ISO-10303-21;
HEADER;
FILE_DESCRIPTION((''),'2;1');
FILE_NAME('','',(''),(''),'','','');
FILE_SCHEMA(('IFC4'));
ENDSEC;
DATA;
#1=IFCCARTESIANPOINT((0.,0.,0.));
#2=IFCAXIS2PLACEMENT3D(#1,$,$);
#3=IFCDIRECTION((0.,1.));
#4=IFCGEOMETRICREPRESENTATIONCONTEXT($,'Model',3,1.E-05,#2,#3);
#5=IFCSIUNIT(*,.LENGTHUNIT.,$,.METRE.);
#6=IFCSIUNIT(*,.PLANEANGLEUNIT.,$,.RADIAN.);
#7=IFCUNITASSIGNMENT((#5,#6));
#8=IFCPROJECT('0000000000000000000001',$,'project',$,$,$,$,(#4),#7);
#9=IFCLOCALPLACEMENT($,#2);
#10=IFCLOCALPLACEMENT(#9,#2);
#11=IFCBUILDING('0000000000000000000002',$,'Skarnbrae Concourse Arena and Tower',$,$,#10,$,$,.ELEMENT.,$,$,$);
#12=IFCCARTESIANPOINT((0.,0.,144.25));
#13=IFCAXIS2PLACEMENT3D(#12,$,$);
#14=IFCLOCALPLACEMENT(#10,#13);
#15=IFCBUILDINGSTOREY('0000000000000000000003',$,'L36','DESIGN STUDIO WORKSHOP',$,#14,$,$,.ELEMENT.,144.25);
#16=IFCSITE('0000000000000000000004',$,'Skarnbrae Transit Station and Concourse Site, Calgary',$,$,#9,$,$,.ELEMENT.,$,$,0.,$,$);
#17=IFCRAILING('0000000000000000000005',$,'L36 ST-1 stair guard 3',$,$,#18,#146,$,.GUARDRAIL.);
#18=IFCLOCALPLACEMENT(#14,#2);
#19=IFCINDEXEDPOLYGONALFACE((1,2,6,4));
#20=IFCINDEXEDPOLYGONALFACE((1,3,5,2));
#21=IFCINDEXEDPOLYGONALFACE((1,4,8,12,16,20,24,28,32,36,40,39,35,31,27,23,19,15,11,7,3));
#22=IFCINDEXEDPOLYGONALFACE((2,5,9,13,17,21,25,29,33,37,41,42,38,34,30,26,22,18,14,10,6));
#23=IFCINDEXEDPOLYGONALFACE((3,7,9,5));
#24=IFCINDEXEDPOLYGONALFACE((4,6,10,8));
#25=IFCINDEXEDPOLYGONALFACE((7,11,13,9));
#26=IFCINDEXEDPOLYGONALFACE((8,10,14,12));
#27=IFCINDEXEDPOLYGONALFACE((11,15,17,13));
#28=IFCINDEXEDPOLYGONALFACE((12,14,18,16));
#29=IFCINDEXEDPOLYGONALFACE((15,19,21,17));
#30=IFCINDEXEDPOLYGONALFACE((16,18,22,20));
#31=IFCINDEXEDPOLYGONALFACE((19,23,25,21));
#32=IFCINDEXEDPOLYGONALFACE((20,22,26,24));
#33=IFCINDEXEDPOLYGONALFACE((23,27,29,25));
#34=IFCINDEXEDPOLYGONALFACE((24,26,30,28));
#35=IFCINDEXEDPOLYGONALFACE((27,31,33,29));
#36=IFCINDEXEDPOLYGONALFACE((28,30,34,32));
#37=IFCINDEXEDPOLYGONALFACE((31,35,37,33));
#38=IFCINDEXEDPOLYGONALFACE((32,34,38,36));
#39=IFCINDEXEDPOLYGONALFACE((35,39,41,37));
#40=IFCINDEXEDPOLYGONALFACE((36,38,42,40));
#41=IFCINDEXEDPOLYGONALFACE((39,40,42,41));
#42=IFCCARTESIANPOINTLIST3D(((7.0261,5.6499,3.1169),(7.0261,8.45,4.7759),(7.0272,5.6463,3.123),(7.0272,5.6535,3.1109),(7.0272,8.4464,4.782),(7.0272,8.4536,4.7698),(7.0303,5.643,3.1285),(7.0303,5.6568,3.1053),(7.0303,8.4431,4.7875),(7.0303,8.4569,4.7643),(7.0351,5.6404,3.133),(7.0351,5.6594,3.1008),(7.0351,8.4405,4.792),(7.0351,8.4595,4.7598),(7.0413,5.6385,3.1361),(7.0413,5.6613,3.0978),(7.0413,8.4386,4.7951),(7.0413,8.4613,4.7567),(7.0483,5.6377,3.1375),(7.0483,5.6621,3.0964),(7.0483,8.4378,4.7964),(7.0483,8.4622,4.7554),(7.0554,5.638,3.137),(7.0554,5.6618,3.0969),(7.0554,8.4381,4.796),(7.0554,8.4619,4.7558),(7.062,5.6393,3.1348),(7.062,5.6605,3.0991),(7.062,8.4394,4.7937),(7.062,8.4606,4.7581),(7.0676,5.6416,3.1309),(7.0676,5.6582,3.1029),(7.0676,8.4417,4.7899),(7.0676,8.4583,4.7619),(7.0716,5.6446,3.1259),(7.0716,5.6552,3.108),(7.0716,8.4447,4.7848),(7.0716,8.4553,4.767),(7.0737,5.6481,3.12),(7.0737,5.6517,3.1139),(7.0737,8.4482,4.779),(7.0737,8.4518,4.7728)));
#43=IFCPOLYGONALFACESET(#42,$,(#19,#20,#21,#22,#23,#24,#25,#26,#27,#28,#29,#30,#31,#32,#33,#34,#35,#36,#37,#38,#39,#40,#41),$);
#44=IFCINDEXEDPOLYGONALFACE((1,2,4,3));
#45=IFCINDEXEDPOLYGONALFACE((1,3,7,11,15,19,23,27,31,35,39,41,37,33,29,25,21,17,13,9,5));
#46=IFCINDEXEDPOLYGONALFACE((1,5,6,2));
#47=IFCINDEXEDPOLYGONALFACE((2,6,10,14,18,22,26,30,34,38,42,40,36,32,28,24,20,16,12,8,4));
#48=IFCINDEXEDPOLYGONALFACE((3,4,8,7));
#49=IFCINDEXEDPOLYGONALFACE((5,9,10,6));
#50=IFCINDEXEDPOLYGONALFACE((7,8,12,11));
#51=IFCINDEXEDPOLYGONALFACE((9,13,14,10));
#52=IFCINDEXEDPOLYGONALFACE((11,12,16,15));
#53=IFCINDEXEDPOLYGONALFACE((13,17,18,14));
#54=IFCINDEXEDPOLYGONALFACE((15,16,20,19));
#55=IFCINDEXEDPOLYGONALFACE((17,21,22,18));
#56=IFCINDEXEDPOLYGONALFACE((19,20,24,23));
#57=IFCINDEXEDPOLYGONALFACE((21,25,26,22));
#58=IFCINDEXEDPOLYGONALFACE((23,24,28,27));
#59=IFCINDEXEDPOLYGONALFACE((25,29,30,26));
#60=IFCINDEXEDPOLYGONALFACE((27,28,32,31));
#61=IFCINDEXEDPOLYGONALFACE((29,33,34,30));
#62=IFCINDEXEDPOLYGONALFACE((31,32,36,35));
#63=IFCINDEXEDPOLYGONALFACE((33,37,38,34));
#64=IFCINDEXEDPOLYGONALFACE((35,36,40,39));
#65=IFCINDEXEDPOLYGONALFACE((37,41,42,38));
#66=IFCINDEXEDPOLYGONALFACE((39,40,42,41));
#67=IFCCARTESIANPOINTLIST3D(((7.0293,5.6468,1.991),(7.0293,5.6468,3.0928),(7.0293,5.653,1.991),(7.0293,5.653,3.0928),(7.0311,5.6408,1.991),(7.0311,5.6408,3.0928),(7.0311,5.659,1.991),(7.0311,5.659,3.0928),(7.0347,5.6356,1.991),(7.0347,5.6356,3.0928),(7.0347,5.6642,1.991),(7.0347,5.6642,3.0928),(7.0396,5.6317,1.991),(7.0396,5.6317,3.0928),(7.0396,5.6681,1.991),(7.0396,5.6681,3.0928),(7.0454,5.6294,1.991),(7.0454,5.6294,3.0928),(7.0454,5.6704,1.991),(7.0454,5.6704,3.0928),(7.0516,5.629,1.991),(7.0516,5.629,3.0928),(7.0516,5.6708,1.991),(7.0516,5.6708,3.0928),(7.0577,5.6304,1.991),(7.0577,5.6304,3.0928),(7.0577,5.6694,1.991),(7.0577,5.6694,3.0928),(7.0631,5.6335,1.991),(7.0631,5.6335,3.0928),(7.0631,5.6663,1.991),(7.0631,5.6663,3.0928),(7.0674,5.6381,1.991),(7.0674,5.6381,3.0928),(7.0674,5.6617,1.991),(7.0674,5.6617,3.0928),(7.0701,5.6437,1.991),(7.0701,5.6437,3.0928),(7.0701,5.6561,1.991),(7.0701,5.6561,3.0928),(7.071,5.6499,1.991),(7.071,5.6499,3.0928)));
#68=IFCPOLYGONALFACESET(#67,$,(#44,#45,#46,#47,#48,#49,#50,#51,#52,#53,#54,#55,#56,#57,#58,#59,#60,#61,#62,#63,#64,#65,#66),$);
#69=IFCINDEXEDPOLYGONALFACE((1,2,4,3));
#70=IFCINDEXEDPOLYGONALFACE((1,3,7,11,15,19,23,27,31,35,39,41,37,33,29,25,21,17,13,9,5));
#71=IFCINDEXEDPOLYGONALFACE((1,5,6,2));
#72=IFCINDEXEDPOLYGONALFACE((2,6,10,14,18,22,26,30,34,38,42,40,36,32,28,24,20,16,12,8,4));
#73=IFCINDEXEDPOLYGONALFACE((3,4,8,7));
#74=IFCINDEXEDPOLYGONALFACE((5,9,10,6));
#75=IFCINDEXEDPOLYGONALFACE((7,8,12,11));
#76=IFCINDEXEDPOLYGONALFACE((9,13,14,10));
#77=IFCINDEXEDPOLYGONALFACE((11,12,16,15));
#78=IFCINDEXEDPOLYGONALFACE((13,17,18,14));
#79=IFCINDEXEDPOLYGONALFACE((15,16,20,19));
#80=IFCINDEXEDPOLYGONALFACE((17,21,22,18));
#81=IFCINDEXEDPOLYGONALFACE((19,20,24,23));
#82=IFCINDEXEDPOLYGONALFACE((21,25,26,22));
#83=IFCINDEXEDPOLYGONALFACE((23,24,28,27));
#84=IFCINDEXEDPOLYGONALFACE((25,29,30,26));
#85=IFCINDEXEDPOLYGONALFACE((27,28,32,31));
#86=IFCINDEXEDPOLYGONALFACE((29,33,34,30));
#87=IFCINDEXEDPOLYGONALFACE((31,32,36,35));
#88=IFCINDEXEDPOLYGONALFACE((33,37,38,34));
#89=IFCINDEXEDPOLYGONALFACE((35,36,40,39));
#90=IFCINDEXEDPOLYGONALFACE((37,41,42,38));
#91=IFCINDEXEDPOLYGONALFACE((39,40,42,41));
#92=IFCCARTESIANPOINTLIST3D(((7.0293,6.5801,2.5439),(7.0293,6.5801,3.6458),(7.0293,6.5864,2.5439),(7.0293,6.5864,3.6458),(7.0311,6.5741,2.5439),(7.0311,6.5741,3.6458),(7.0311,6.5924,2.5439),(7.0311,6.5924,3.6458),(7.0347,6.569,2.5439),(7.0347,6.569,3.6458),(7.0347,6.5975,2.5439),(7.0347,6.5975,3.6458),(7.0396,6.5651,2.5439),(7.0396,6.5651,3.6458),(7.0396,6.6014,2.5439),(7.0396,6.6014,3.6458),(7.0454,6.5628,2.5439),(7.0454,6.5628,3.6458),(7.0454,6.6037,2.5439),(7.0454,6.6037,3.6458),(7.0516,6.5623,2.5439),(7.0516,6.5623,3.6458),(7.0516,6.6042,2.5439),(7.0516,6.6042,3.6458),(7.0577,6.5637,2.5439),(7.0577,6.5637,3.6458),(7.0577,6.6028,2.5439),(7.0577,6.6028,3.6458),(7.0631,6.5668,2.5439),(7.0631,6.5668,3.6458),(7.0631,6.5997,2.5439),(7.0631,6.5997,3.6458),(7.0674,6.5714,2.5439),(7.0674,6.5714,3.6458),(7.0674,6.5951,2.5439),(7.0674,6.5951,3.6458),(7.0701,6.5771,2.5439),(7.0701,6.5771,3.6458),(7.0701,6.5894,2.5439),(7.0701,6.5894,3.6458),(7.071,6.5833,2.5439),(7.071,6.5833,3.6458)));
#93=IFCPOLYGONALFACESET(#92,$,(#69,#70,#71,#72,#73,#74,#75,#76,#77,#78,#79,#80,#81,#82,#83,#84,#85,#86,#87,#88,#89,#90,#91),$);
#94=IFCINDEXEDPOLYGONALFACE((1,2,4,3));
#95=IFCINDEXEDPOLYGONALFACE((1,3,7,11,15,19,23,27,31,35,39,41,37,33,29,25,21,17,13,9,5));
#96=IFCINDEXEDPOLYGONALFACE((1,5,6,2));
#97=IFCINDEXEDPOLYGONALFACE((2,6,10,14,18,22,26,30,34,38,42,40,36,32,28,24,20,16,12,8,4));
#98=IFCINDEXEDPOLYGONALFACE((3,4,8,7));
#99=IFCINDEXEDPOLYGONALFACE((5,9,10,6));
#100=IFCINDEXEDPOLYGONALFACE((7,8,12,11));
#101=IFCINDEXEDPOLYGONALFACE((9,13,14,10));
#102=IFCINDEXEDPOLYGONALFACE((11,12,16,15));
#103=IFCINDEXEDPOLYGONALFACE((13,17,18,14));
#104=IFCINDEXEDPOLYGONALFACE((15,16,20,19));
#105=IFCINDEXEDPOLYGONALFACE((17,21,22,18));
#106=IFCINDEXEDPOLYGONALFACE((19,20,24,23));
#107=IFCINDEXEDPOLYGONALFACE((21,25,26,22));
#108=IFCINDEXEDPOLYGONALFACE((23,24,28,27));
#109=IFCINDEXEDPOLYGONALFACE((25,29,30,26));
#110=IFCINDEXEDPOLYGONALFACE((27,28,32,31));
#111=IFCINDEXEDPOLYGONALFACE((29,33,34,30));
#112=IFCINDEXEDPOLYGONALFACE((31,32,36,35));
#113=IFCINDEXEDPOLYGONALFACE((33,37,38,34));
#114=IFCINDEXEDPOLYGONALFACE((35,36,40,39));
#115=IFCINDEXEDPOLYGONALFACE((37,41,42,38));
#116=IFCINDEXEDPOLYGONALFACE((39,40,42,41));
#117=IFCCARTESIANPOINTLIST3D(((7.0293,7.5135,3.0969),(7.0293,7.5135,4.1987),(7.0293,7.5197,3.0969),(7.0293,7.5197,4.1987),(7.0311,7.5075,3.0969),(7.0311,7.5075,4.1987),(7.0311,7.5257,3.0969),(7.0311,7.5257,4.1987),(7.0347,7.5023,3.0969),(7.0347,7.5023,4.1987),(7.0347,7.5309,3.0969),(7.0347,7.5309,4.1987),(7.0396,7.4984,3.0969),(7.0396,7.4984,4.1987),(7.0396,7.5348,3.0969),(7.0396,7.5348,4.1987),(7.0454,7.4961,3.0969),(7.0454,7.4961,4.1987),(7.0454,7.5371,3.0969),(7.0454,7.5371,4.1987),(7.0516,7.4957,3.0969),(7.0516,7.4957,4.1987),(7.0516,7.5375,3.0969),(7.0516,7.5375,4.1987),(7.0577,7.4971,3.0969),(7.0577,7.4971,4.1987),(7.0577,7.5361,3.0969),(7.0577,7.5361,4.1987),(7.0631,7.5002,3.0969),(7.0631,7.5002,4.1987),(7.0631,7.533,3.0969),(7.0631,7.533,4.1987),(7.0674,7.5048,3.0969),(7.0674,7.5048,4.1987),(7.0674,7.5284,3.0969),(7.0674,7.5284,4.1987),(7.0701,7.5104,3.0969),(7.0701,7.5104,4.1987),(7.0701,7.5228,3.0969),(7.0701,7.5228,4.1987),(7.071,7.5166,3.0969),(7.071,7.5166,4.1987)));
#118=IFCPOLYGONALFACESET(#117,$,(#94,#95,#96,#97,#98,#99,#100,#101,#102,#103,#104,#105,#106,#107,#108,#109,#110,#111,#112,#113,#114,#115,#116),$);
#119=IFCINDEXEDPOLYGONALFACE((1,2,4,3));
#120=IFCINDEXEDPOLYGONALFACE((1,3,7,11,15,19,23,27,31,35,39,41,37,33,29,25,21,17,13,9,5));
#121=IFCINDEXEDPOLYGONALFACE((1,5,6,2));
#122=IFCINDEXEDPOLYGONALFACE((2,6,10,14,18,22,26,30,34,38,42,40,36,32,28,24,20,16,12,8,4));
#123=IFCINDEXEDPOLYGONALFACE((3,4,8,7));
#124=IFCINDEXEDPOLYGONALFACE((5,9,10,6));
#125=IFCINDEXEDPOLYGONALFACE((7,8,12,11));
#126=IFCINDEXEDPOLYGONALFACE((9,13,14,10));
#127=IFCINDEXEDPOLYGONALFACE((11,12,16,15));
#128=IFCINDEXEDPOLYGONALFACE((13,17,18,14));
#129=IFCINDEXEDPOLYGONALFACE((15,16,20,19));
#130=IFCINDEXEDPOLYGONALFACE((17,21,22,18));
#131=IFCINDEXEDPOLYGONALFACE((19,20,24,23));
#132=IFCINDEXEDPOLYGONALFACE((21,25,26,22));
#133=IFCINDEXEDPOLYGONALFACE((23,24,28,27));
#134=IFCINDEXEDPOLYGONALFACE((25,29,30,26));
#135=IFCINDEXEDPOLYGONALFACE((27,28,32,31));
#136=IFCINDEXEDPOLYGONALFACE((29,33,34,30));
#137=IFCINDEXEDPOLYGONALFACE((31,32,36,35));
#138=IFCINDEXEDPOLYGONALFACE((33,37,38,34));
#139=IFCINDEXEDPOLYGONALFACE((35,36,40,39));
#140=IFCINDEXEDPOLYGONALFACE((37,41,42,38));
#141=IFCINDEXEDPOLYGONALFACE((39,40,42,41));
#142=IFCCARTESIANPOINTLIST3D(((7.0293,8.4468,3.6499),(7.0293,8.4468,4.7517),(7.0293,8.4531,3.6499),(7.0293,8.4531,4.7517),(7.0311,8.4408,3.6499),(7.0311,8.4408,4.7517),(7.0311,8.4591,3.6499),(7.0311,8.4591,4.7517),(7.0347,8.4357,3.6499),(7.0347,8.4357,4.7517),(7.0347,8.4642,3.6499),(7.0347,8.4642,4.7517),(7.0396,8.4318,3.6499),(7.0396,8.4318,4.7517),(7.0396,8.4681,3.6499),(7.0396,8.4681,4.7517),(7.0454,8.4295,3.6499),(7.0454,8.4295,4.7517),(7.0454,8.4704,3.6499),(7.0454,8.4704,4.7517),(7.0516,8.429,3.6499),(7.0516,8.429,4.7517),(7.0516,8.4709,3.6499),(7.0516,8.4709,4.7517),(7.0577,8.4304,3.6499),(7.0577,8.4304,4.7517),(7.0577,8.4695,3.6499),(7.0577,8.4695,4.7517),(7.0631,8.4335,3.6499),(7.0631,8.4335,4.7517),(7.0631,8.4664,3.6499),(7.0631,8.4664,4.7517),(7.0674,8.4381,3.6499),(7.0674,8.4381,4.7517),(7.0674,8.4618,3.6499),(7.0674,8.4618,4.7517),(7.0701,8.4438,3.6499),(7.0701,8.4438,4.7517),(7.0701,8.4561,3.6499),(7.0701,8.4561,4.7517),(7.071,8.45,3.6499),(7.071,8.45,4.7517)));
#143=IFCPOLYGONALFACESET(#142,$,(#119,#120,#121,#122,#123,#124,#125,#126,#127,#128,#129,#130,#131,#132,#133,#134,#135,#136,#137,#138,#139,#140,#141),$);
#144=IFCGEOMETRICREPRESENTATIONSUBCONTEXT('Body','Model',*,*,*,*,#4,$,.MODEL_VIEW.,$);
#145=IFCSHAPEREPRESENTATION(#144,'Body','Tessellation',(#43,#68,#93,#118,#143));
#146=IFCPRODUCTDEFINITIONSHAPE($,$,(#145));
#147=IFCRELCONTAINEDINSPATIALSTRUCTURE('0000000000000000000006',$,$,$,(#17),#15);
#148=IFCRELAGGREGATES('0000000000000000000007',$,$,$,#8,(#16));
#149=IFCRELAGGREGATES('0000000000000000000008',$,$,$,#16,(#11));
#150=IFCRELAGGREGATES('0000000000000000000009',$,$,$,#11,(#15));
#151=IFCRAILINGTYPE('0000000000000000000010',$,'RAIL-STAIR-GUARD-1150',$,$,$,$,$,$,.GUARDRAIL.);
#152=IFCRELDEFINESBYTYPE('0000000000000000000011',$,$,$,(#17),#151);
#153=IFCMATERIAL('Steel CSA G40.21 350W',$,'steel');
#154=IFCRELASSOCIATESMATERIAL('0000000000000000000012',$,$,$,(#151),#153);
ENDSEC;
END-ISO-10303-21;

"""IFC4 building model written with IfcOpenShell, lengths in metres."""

from ifc_helpers import new_model, si_unit, direction, frame, origin, origin_2d, place, context, subcontext, project, spatial, circle, extrude, material, type_object, element, save


model = new_model("IFC4")

# Units and contexts
model_context = context("Model", 3, precision=1e-05, world=origin(), true_north=direction((0.0, 1.0)))
body_context = subcontext(model_context, "Body", "Model", "MODEL_VIEW")
ifc_project = project(units=[si_unit("LENGTHUNIT", "METRE"), si_unit("PLANEANGLEUNIT", "RADIAN")], contexts=[model_context])

# Site, building, storey
site_placement = place(None, origin())
site = spatial("IfcSite", under=ifc_project, at=site_placement, Name="Skarnbrae Transit Station and Concourse Site, Calgary", CompositionType="ELEMENT", RefElevation=0.0)
building_placement = place(site_placement, origin())
building = spatial("IfcBuilding", under=site, at=building_placement, Name="Skarnbrae Concourse Arena and Tower", CompositionType="ELEMENT")
storey_placement = place(building_placement, frame((0.0, 0.0, 144.25)))
storey = spatial("IfcBuildingStorey", under=building, at=storey_placement, Name="L36", Description="DESIGN STUDIO WORKSHOP", CompositionType="ELEMENT", Elevation=144.25)

# Shared definitions
ifc_material_1 = material(Name="Steel CSA G40.21 350W", Category="steel")

# Railing
railing_type_1 = type_object("IfcRailingType", Name="RAIL-STAIR-GUARD-1150", PredefinedType="GUARDRAIL", material=ifc_material_1)
railing_1_placement = place(storey_placement, frame((7.05, 5.6499, 1.991)))
element("IfcRailing", 1, at=railing_1_placement, inside=storey, type_object=railing_type_1, Name="L36 ST-1 stair guard 3", PredefinedType="GUARDRAIL", context=body_context, shape_type="SweptSolid", body=[
    extrude(circle(Radius=0.0239, at=origin_2d()), frame((0.0, 0.0, 1.126), z_axis=(0.0, 0.860339, 0.509722), x_axis=(-1.0, 0.0, 0.0)), (0.0, 0.0, 1.0), 3.2546),
    extrude(circle(Radius=0.021, at=origin_2d()), origin(), (0.0, 0.0, 1.0), 1.1018),
    extrude(circle(Radius=0.021, at=origin_2d()), frame((0.0, 0.9333, 0.553)), (0.0, 0.0, 1.0), 1.1018),
    extrude(circle(Radius=0.021, at=origin_2d()), frame((0.0, 1.8667, 1.106)), (0.0, 0.0, 1.0), 1.1018),
    extrude(circle(Radius=0.021, at=origin_2d()), frame((0.0, 2.8, 1.6589)), (0.0, 0.0, 1.0), 1.1018),
])

save(model, "model.ifc")
